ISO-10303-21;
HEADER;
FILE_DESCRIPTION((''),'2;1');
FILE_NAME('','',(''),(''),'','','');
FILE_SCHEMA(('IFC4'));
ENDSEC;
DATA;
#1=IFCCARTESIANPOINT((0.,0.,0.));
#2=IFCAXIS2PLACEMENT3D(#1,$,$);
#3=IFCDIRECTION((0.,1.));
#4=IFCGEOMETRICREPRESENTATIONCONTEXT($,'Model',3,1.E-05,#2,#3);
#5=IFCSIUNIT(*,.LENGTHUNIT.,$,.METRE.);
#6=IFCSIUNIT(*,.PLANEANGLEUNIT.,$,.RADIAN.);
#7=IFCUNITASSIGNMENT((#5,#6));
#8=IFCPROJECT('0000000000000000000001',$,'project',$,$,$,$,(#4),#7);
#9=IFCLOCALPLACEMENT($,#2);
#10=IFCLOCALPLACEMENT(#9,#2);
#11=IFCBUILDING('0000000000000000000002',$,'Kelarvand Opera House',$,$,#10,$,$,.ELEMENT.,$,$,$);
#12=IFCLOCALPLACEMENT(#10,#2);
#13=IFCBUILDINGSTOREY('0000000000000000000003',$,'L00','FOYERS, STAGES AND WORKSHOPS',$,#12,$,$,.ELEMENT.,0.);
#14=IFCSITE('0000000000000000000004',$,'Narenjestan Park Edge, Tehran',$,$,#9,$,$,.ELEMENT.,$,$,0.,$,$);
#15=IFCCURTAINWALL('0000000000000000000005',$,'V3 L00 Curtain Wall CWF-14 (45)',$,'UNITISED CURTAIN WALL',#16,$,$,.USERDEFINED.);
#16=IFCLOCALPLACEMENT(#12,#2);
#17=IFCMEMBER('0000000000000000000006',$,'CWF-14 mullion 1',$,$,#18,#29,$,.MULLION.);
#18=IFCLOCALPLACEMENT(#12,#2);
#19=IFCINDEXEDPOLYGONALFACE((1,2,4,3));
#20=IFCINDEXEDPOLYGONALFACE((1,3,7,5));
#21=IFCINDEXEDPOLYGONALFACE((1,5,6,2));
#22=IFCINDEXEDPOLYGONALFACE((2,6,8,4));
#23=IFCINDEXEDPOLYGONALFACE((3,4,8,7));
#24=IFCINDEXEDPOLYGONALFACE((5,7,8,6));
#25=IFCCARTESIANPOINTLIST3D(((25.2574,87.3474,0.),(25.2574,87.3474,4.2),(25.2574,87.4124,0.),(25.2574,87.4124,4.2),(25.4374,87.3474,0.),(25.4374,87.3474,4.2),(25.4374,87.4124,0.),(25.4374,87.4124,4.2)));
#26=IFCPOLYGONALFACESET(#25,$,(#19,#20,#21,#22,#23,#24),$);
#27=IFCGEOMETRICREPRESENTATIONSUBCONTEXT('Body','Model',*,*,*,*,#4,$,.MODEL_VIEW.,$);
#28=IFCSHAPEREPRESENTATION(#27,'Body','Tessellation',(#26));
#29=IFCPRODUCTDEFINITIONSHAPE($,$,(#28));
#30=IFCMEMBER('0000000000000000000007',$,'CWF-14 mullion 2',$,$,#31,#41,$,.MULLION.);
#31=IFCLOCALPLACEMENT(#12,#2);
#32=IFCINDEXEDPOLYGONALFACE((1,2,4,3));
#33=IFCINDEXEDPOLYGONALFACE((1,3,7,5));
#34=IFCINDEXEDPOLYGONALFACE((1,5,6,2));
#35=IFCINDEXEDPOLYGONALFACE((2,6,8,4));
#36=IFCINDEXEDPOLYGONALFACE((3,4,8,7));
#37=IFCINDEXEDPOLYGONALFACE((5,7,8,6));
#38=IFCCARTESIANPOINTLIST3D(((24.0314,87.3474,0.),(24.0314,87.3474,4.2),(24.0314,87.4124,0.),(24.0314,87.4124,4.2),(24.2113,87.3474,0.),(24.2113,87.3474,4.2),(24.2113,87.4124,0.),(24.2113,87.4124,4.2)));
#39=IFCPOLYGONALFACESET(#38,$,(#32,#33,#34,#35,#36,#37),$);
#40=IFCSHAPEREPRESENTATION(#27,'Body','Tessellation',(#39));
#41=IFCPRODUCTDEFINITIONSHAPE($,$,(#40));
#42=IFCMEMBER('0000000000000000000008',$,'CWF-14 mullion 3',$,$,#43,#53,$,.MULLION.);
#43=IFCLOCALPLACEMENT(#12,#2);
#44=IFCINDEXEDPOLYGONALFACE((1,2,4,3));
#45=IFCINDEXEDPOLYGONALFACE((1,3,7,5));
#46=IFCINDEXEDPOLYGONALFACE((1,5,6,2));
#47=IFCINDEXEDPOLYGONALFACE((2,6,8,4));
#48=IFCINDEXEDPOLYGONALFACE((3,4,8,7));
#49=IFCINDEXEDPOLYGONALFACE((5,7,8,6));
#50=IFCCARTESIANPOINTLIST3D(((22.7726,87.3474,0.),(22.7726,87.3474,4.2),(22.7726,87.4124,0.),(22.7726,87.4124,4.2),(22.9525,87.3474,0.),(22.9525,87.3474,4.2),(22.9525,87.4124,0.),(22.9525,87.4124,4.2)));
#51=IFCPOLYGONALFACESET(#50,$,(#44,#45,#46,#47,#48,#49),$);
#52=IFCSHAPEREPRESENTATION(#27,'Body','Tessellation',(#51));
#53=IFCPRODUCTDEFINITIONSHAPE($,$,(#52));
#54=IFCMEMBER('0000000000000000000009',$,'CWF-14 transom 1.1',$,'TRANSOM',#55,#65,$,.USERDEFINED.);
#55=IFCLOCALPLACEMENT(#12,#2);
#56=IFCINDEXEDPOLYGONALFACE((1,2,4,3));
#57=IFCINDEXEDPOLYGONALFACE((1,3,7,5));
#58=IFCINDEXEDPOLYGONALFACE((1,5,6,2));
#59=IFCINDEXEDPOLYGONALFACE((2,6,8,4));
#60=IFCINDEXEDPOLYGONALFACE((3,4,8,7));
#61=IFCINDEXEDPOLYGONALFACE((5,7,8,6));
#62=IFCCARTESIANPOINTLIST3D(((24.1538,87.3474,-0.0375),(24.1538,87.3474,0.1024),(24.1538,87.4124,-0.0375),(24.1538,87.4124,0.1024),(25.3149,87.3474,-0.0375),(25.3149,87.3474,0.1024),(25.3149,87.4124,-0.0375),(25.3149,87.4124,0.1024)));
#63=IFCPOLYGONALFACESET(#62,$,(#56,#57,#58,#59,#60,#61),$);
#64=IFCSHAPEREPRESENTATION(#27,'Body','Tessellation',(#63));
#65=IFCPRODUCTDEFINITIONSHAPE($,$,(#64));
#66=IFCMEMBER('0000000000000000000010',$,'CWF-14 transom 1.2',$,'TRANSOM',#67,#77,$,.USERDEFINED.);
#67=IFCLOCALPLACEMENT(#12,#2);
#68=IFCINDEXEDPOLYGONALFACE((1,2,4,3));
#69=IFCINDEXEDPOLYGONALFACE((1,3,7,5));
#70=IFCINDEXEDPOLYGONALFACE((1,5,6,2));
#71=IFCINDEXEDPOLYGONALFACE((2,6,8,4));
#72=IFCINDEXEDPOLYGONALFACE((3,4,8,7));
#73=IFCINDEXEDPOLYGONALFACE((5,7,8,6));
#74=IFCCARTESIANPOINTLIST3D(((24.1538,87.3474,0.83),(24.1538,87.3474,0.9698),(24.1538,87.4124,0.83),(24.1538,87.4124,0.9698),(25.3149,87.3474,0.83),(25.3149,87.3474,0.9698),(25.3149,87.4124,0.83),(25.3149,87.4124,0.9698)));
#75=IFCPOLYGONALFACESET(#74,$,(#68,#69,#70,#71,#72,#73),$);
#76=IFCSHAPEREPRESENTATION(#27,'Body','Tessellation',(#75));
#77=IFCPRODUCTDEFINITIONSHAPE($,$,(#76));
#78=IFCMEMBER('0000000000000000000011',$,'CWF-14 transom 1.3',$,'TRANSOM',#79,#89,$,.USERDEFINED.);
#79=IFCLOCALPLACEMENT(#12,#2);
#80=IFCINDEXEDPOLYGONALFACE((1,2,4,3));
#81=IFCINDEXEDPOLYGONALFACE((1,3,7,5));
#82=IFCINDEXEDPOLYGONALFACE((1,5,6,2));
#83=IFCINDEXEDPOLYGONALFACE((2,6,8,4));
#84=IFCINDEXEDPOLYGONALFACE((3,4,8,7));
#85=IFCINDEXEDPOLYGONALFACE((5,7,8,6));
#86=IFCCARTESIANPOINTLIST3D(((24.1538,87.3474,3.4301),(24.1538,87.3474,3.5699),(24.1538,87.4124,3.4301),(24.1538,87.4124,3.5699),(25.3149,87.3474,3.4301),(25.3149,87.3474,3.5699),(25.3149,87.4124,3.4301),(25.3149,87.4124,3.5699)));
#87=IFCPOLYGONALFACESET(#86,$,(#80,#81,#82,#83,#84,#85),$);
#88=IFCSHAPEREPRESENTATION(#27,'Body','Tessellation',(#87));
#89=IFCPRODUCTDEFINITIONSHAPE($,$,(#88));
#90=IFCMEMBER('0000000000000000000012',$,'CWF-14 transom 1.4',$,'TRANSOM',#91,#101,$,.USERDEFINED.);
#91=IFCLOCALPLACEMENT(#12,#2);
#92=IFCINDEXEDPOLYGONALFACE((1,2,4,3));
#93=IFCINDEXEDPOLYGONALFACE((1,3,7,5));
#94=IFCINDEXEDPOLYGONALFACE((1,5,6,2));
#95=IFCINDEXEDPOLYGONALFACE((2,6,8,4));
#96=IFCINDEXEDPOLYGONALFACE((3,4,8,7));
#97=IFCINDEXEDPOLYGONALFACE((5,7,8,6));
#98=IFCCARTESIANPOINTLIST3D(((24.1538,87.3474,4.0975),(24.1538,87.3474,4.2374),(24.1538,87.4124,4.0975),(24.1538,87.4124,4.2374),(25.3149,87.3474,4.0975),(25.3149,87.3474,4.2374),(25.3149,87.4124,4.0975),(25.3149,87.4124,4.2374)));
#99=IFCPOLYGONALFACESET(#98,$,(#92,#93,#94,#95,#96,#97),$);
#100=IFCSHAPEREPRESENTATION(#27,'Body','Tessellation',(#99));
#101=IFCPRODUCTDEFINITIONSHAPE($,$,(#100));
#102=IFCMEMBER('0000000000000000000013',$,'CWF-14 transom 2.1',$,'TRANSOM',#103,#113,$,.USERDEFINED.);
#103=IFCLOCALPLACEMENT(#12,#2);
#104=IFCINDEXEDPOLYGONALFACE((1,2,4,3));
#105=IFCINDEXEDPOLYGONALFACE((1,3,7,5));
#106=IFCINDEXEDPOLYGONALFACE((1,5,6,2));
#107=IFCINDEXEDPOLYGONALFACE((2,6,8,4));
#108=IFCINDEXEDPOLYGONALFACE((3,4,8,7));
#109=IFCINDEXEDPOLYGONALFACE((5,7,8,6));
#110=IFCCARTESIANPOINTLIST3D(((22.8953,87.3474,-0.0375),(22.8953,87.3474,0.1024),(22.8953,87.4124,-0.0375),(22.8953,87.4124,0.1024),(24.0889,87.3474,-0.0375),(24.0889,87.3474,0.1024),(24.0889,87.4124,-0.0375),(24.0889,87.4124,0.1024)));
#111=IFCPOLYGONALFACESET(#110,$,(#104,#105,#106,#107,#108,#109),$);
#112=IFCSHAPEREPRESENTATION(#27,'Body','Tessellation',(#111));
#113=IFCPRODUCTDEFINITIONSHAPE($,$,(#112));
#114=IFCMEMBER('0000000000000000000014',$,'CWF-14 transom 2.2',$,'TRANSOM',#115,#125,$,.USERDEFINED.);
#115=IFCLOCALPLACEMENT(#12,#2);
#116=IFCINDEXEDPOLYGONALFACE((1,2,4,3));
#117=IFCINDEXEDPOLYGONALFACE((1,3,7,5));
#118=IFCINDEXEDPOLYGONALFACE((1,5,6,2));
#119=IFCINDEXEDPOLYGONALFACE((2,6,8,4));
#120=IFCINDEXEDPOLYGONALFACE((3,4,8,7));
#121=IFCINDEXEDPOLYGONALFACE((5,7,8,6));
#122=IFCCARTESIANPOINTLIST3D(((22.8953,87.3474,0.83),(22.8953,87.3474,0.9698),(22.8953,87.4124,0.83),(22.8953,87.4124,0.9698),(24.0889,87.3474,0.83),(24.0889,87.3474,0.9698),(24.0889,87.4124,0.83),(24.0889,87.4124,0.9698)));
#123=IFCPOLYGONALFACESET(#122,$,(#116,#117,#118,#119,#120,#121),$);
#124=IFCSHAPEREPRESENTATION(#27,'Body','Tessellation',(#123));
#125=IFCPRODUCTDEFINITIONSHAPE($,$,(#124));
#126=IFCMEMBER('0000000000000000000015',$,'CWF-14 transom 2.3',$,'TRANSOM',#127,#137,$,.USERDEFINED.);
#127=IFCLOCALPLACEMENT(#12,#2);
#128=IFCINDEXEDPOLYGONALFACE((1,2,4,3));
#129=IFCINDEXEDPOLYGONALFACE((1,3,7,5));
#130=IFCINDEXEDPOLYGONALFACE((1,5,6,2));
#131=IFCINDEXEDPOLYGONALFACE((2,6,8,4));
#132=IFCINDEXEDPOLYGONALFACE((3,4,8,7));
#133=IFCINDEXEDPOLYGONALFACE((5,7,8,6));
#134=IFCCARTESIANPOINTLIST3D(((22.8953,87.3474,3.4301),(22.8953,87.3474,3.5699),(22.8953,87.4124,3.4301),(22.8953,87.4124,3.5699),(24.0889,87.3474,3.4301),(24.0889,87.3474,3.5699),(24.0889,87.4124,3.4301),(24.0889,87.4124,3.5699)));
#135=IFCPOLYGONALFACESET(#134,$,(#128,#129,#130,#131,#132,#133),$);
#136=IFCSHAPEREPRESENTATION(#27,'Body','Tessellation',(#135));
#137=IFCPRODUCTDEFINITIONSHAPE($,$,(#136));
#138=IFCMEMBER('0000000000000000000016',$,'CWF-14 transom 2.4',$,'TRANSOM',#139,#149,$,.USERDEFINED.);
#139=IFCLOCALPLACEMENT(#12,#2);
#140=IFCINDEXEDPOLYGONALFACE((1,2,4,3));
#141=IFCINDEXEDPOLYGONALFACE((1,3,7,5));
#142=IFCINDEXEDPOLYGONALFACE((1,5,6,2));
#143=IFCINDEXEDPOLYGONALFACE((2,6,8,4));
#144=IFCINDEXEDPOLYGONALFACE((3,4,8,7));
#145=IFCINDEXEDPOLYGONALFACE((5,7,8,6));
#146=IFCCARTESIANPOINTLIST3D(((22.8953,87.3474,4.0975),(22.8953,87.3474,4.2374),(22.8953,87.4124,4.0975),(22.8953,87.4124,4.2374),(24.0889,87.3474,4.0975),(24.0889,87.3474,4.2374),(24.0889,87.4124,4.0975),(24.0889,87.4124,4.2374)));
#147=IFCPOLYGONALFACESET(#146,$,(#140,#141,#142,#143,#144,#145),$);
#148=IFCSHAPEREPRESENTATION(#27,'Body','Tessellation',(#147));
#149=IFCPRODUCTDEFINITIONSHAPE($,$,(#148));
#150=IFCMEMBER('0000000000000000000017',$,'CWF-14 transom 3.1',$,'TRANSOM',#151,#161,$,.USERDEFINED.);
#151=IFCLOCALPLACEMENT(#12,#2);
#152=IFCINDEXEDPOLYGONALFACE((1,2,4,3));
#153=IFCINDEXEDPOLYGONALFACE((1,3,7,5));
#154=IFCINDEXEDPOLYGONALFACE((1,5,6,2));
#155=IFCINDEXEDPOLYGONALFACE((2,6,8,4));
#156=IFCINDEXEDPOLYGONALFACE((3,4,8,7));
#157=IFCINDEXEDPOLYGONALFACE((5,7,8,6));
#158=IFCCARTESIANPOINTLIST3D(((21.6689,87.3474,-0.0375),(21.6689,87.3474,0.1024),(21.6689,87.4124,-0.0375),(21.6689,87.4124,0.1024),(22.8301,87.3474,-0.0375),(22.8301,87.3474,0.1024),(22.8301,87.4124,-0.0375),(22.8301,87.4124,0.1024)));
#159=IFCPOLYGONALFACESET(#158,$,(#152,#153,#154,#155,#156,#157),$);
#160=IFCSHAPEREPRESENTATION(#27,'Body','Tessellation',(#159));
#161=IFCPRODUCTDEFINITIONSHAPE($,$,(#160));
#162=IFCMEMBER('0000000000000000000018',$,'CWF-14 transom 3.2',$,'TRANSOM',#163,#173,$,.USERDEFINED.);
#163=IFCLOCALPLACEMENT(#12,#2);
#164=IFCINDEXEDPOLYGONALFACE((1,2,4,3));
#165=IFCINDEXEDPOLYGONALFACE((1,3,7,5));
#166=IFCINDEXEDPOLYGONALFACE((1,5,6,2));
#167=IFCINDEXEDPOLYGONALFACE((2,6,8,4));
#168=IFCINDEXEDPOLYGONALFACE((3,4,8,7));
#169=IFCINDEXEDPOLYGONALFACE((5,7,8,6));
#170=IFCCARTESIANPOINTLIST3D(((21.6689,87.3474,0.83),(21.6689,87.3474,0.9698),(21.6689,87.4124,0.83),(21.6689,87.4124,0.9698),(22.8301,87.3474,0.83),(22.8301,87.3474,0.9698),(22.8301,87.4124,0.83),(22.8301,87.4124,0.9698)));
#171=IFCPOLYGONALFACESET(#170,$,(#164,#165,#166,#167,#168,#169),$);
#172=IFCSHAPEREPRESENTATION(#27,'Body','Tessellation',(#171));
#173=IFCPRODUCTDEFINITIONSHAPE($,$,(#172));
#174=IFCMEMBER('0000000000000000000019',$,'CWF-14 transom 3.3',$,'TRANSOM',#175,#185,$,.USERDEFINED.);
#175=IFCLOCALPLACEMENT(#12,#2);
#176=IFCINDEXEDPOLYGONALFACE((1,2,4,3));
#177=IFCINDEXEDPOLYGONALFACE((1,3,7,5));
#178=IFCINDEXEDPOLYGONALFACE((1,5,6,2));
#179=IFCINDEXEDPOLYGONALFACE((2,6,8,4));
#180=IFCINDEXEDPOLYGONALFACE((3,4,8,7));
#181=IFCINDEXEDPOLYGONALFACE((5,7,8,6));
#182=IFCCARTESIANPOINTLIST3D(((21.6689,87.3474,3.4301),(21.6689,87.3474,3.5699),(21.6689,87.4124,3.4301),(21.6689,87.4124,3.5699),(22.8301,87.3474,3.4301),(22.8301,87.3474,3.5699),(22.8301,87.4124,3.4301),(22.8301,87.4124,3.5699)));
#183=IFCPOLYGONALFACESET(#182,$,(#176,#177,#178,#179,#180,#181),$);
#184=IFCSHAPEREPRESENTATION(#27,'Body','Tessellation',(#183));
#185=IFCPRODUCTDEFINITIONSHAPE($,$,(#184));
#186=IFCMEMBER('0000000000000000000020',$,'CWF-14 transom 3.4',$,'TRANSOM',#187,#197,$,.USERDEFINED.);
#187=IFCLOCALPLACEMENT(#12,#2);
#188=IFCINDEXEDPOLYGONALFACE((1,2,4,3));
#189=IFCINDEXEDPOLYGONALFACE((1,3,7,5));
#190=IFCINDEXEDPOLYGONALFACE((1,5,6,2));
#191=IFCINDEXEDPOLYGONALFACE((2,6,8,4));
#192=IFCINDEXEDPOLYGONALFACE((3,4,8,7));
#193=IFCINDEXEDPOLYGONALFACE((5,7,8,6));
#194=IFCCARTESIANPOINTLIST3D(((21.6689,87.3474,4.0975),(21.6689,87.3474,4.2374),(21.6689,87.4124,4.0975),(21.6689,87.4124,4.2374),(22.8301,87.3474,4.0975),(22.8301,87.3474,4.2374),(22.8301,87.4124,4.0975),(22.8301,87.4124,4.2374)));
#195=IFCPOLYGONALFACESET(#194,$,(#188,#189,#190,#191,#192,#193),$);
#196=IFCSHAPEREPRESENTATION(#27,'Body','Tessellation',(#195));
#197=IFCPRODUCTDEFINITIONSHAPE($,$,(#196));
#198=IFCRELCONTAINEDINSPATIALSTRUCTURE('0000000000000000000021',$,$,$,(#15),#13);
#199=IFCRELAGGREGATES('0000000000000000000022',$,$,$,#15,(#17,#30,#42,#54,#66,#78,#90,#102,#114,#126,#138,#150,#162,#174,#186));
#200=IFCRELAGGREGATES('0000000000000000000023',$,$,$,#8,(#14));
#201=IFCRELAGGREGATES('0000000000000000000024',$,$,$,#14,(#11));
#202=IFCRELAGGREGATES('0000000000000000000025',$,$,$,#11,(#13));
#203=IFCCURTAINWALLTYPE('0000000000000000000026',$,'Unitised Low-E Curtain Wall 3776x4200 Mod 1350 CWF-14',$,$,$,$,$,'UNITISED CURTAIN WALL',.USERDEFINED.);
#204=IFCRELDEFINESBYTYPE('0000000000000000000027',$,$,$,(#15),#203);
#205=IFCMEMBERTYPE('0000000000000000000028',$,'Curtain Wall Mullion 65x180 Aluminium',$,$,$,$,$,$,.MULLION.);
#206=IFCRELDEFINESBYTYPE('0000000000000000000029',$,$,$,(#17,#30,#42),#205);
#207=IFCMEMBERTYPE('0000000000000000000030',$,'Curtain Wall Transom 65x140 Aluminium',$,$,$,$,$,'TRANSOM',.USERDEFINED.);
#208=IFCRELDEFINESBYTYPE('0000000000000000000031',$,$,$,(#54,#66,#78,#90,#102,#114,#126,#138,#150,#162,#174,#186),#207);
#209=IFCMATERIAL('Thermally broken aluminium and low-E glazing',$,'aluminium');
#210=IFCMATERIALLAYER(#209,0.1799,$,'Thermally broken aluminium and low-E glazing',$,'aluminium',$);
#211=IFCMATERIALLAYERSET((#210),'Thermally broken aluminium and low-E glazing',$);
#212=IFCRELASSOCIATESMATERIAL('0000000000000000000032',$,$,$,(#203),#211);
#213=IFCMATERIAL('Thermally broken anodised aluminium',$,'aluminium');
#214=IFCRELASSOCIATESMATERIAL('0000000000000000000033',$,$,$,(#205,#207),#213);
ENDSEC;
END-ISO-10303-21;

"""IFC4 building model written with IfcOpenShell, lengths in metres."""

from ifc_helpers import new_model, si_unit, direction, frame, origin, origin_2d, place, context, subcontext, project, spatial, rectangle, extrude, material, layer, layer_set, material_profile, profile_set, type_object, element, aggregate, save


model = new_model("IFC4")

# Units and contexts
model_context = context("Model", 3, precision=1e-05, world=origin(), true_north=direction((0.0, 1.0)))
body_context = subcontext(model_context, "Body", "Model", "MODEL_VIEW")
ifc_project = project(units=[si_unit("LENGTHUNIT", "METRE"), si_unit("PLANEANGLEUNIT", "RADIAN")], contexts=[model_context])

# Site, building, storey
site_placement = place(None, origin())
site = spatial("IfcSite", under=ifc_project, at=site_placement, Name="Narenjestan Park Edge, Tehran", CompositionType="ELEMENT", RefElevation=0.0)
building_placement = place(site_placement, origin())
building = spatial("IfcBuilding", under=site, at=building_placement, Name="Kelarvand Opera House", CompositionType="ELEMENT")
storey_placement = place(building_placement, origin())
storey = spatial("IfcBuildingStorey", under=building, at=storey_placement, Name="L00", Description="FOYERS, STAGES AND WORKSHOPS", CompositionType="ELEMENT", Elevation=0.0)

# Curtain wall, members
ifc_material_1 = material(Name="Thermally broken aluminium and low-E glazing", Category="aluminium")
ifc_layer_1 = layer(ifc_material_1, 0.1799, Name="Thermally broken aluminium and low-E glazing", Category="aluminium")
ifc_layer_set_1 = layer_set([ifc_layer_1], Name="Thermally broken aluminium and low-E glazing")
curtain_wall_type = type_object("IfcCurtainWallType", Name="Unitised Low-E Curtain Wall 3776x4200 Mod 1350 CWF-14", ElementType="UNITISED CURTAIN WALL", PredefinedType="USERDEFINED", material=ifc_layer_set_1)
curtain_wall_placement = place(storey_placement, origin())
curtain_wall = element("IfcCurtainWall", 1, at=curtain_wall_placement, inside=storey, type_object=curtain_wall_type, Name="V3 L00 Curtain Wall CWF-14 (45)", ObjectType="UNITISED CURTAIN WALL", PredefinedType="USERDEFINED")
ifc_material_2 = material(Name="Thermally broken anodised aluminium", Category="aluminium")
ifc_material_profile_1 = material_profile(ifc_material_2, rectangle(XDim=0.0649, YDim=0.1799, at=origin_2d()), Name="ALU MULLION 65x180", Category="aluminium")
ifc_profile_set_1 = profile_set([ifc_material_profile_1], Name="Thermally broken anodised aluminium")
member_type_1 = type_object("IfcMemberType", Name="Curtain Wall Mullion 65x180 Aluminium", PredefinedType="MULLION", material=ifc_profile_set_1)
member_1_placement = place(storey_placement, frame((25.3474, 87.3799, 0.0), z_axis=(0.0, 0.0, 1.0), x_axis=(0.0, -1.0, 0.0)))
member_1 = element("IfcMember", 2, at=member_1_placement, type_object=member_type_1, Name="CWF-14 mullion 1", PredefinedType="MULLION", context=body_context, shape_type="SweptSolid", body=[
    extrude(rectangle(XDim=0.0649, YDim=0.1799, at=origin_2d()), origin(), (0.0, 0.0, 1.0), 4.2),
])
member_2_placement = place(storey_placement, frame((24.1213, 87.3799, 0.0), z_axis=(0.0, 0.0, 1.0), x_axis=(0.0, -1.0, 0.0)))
member_2 = element("IfcMember", 3, at=member_2_placement, type_object=member_type_1, Name="CWF-14 mullion 2", PredefinedType="MULLION", context=body_context, shape_type="SweptSolid", body=[
    extrude(rectangle(XDim=0.0649, YDim=0.1799, at=origin_2d()), origin(), (0.0, 0.0, 1.0), 4.2),
])
member_3_placement = place(storey_placement, frame((22.8625, 87.3799, 0.0), z_axis=(0.0, 0.0, 1.0), x_axis=(0.0, -1.0, 0.0)))
member_3 = element("IfcMember", 4, at=member_3_placement, type_object=member_type_1, Name="CWF-14 mullion 3", PredefinedType="MULLION", context=body_context, shape_type="SweptSolid", body=[
    extrude(rectangle(XDim=0.0649, YDim=0.1799, at=origin_2d()), origin(), (0.0, 0.0, 1.0), 4.2),
])
ifc_material_profile_2 = material_profile(ifc_material_2, rectangle(XDim=0.0649, YDim=0.1399, at=origin_2d()), Name="ALU TRANSOM 65x140", Category="aluminium")
ifc_profile_set_2 = profile_set([ifc_material_profile_2], Name="Thermally broken anodised aluminium")
member_type_2 = type_object("IfcMemberType", Name="Curtain Wall Transom 65x140 Aluminium", ElementType="TRANSOM", PredefinedType="USERDEFINED", material=ifc_profile_set_2)
member_4_placement = place(storey_placement, frame((25.3149, 87.3799, 0.0325), z_axis=(-1.0, 0.0, 0.0), x_axis=(0.0, -1.0, 0.0)))
member_4 = element("IfcMember", 5, at=member_4_placement, type_object=member_type_2, Name="CWF-14 transom 1.1", ObjectType="TRANSOM", PredefinedType="USERDEFINED", context=body_context, shape_type="SweptSolid", body=[
    extrude(rectangle(XDim=0.0649, YDim=0.1399, at=origin_2d()), origin(), (0.0, 0.0, 1.0), 1.1611),
])
member_5_placement = place(storey_placement, frame((25.3149, 87.3799, 0.8999), z_axis=(-1.0, 0.0, 0.0), x_axis=(0.0, -1.0, 0.0)))
member_5 = element("IfcMember", 6, at=member_5_placement, type_object=member_type_2, Name="CWF-14 transom 1.2", ObjectType="TRANSOM", PredefinedType="USERDEFINED", context=body_context, shape_type="SweptSolid", body=[
    extrude(rectangle(XDim=0.0649, YDim=0.1399, at=origin_2d()), origin(), (0.0, 0.0, 1.0), 1.1611),
])
member_6_placement = place(storey_placement, frame((25.3149, 87.3799, 3.5), z_axis=(-1.0, 0.0, 0.0), x_axis=(0.0, -1.0, 0.0)))
member_6 = element("IfcMember", 7, at=member_6_placement, type_object=member_type_2, Name="CWF-14 transom 1.3", ObjectType="TRANSOM", PredefinedType="USERDEFINED", context=body_context, shape_type="SweptSolid", body=[
    extrude(rectangle(XDim=0.0649, YDim=0.1399, at=origin_2d()), origin(), (0.0, 0.0, 1.0), 1.1611),
])
member_7_placement = place(storey_placement, frame((25.3149, 87.3799, 4.1675), z_axis=(-1.0, 0.0, 0.0), x_axis=(0.0, -1.0, 0.0)))
member_7 = element("IfcMember", 8, at=member_7_placement, type_object=member_type_2, Name="CWF-14 transom 1.4", ObjectType="TRANSOM", PredefinedType="USERDEFINED", context=body_context, shape_type="SweptSolid", body=[
    extrude(rectangle(XDim=0.0649, YDim=0.1399, at=origin_2d()), origin(), (0.0, 0.0, 1.0), 1.1611),
])
member_8_placement = place(storey_placement, frame((24.0889, 87.3799, 0.0325), z_axis=(-1.0, 0.0, 0.0), x_axis=(0.0, -1.0, 0.0)))
member_8 = element("IfcMember", 9, at=member_8_placement, type_object=member_type_2, Name="CWF-14 transom 2.1", ObjectType="TRANSOM", PredefinedType="USERDEFINED", context=body_context, shape_type="SweptSolid", body=[
    extrude(rectangle(XDim=0.0649, YDim=0.1399, at=origin_2d()), origin(), (0.0, 0.0, 1.0), 1.1936),
])
member_9_placement = place(storey_placement, frame((24.0889, 87.3799, 0.8999), z_axis=(-1.0, 0.0, 0.0), x_axis=(0.0, -1.0, 0.0)))
member_9 = element("IfcMember", 10, at=member_9_placement, type_object=member_type_2, Name="CWF-14 transom 2.2", ObjectType="TRANSOM", PredefinedType="USERDEFINED", context=body_context, shape_type="SweptSolid", body=[
    extrude(rectangle(XDim=0.0649, YDim=0.1399, at=origin_2d()), origin(), (0.0, 0.0, 1.0), 1.1936),
])
member_10_placement = place(storey_placement, frame((24.0889, 87.3799, 3.5), z_axis=(-1.0, 0.0, 0.0), x_axis=(0.0, -1.0, 0.0)))
member_10 = element("IfcMember", 11, at=member_10_placement, type_object=member_type_2, Name="CWF-14 transom 2.3", ObjectType="TRANSOM", PredefinedType="USERDEFINED", context=body_context, shape_type="SweptSolid", body=[
    extrude(rectangle(XDim=0.0649, YDim=0.1399, at=origin_2d()), origin(), (0.0, 0.0, 1.0), 1.1936),
])
member_11_placement = place(storey_placement, frame((24.0889, 87.3799, 4.1675), z_axis=(-1.0, 0.0, 0.0), x_axis=(0.0, -1.0, 0.0)))
member_11 = element("IfcMember", 12, at=member_11_placement, type_object=member_type_2, Name="CWF-14 transom 2.4", ObjectType="TRANSOM", PredefinedType="USERDEFINED", context=body_context, shape_type="SweptSolid", body=[
    extrude(rectangle(XDim=0.0649, YDim=0.1399, at=origin_2d()), origin(), (0.0, 0.0, 1.0), 1.1936),
])
member_12_placement = place(storey_placement, frame((22.8301, 87.3799, 0.0325), z_axis=(-1.0, 0.0, 0.0), x_axis=(0.0, -1.0, 0.0)))
member_12 = element("IfcMember", 13, at=member_12_placement, type_object=member_type_2, Name="CWF-14 transom 3.1", ObjectType="TRANSOM", PredefinedType="USERDEFINED", context=body_context, shape_type="SweptSolid", body=[
    extrude(rectangle(XDim=0.0649, YDim=0.1399, at=origin_2d()), origin(), (0.0, 0.0, 1.0), 1.1611),
])
member_13_placement = place(storey_placement, frame((22.8301, 87.3799, 0.8999), z_axis=(-1.0, 0.0, 0.0), x_axis=(0.0, -1.0, 0.0)))
member_13 = element("IfcMember", 14, at=member_13_placement, type_object=member_type_2, Name="CWF-14 transom 3.2", ObjectType="TRANSOM", PredefinedType="USERDEFINED", context=body_context, shape_type="SweptSolid", body=[
    extrude(rectangle(XDim=0.0649, YDim=0.1399, at=origin_2d()), origin(), (0.0, 0.0, 1.0), 1.1611),
])
member_14_placement = place(storey_placement, frame((22.8301, 87.3799, 3.5), z_axis=(-1.0, 0.0, 0.0), x_axis=(0.0, -1.0, 0.0)))
member_14 = element("IfcMember", 15, at=member_14_placement, type_object=member_type_2, Name="CWF-14 transom 3.3", ObjectType="TRANSOM", PredefinedType="USERDEFINED", context=body_context, shape_type="SweptSolid", body=[
    extrude(rectangle(XDim=0.0649, YDim=0.1399, at=origin_2d()), origin(), (0.0, 0.0, 1.0), 1.1611),
])
member_15_placement = place(storey_placement, frame((22.8301, 87.3799, 4.1675), z_axis=(-1.0, 0.0, 0.0), x_axis=(0.0, -1.0, 0.0)))
member_15 = element("IfcMember", 16, at=member_15_placement, type_object=member_type_2, Name="CWF-14 transom 3.4", ObjectType="TRANSOM", PredefinedType="USERDEFINED", context=body_context, shape_type="SweptSolid", body=[
    extrude(rectangle(XDim=0.0649, YDim=0.1399, at=origin_2d()), origin(), (0.0, 0.0, 1.0), 1.1611),
])
aggregate(curtain_wall, [member_1, member_2, member_3, member_4, member_5, member_6, member_7, member_8, member_9, member_10, member_11, member_12, member_13, member_14, member_15])

save(model, "model.ifc")
